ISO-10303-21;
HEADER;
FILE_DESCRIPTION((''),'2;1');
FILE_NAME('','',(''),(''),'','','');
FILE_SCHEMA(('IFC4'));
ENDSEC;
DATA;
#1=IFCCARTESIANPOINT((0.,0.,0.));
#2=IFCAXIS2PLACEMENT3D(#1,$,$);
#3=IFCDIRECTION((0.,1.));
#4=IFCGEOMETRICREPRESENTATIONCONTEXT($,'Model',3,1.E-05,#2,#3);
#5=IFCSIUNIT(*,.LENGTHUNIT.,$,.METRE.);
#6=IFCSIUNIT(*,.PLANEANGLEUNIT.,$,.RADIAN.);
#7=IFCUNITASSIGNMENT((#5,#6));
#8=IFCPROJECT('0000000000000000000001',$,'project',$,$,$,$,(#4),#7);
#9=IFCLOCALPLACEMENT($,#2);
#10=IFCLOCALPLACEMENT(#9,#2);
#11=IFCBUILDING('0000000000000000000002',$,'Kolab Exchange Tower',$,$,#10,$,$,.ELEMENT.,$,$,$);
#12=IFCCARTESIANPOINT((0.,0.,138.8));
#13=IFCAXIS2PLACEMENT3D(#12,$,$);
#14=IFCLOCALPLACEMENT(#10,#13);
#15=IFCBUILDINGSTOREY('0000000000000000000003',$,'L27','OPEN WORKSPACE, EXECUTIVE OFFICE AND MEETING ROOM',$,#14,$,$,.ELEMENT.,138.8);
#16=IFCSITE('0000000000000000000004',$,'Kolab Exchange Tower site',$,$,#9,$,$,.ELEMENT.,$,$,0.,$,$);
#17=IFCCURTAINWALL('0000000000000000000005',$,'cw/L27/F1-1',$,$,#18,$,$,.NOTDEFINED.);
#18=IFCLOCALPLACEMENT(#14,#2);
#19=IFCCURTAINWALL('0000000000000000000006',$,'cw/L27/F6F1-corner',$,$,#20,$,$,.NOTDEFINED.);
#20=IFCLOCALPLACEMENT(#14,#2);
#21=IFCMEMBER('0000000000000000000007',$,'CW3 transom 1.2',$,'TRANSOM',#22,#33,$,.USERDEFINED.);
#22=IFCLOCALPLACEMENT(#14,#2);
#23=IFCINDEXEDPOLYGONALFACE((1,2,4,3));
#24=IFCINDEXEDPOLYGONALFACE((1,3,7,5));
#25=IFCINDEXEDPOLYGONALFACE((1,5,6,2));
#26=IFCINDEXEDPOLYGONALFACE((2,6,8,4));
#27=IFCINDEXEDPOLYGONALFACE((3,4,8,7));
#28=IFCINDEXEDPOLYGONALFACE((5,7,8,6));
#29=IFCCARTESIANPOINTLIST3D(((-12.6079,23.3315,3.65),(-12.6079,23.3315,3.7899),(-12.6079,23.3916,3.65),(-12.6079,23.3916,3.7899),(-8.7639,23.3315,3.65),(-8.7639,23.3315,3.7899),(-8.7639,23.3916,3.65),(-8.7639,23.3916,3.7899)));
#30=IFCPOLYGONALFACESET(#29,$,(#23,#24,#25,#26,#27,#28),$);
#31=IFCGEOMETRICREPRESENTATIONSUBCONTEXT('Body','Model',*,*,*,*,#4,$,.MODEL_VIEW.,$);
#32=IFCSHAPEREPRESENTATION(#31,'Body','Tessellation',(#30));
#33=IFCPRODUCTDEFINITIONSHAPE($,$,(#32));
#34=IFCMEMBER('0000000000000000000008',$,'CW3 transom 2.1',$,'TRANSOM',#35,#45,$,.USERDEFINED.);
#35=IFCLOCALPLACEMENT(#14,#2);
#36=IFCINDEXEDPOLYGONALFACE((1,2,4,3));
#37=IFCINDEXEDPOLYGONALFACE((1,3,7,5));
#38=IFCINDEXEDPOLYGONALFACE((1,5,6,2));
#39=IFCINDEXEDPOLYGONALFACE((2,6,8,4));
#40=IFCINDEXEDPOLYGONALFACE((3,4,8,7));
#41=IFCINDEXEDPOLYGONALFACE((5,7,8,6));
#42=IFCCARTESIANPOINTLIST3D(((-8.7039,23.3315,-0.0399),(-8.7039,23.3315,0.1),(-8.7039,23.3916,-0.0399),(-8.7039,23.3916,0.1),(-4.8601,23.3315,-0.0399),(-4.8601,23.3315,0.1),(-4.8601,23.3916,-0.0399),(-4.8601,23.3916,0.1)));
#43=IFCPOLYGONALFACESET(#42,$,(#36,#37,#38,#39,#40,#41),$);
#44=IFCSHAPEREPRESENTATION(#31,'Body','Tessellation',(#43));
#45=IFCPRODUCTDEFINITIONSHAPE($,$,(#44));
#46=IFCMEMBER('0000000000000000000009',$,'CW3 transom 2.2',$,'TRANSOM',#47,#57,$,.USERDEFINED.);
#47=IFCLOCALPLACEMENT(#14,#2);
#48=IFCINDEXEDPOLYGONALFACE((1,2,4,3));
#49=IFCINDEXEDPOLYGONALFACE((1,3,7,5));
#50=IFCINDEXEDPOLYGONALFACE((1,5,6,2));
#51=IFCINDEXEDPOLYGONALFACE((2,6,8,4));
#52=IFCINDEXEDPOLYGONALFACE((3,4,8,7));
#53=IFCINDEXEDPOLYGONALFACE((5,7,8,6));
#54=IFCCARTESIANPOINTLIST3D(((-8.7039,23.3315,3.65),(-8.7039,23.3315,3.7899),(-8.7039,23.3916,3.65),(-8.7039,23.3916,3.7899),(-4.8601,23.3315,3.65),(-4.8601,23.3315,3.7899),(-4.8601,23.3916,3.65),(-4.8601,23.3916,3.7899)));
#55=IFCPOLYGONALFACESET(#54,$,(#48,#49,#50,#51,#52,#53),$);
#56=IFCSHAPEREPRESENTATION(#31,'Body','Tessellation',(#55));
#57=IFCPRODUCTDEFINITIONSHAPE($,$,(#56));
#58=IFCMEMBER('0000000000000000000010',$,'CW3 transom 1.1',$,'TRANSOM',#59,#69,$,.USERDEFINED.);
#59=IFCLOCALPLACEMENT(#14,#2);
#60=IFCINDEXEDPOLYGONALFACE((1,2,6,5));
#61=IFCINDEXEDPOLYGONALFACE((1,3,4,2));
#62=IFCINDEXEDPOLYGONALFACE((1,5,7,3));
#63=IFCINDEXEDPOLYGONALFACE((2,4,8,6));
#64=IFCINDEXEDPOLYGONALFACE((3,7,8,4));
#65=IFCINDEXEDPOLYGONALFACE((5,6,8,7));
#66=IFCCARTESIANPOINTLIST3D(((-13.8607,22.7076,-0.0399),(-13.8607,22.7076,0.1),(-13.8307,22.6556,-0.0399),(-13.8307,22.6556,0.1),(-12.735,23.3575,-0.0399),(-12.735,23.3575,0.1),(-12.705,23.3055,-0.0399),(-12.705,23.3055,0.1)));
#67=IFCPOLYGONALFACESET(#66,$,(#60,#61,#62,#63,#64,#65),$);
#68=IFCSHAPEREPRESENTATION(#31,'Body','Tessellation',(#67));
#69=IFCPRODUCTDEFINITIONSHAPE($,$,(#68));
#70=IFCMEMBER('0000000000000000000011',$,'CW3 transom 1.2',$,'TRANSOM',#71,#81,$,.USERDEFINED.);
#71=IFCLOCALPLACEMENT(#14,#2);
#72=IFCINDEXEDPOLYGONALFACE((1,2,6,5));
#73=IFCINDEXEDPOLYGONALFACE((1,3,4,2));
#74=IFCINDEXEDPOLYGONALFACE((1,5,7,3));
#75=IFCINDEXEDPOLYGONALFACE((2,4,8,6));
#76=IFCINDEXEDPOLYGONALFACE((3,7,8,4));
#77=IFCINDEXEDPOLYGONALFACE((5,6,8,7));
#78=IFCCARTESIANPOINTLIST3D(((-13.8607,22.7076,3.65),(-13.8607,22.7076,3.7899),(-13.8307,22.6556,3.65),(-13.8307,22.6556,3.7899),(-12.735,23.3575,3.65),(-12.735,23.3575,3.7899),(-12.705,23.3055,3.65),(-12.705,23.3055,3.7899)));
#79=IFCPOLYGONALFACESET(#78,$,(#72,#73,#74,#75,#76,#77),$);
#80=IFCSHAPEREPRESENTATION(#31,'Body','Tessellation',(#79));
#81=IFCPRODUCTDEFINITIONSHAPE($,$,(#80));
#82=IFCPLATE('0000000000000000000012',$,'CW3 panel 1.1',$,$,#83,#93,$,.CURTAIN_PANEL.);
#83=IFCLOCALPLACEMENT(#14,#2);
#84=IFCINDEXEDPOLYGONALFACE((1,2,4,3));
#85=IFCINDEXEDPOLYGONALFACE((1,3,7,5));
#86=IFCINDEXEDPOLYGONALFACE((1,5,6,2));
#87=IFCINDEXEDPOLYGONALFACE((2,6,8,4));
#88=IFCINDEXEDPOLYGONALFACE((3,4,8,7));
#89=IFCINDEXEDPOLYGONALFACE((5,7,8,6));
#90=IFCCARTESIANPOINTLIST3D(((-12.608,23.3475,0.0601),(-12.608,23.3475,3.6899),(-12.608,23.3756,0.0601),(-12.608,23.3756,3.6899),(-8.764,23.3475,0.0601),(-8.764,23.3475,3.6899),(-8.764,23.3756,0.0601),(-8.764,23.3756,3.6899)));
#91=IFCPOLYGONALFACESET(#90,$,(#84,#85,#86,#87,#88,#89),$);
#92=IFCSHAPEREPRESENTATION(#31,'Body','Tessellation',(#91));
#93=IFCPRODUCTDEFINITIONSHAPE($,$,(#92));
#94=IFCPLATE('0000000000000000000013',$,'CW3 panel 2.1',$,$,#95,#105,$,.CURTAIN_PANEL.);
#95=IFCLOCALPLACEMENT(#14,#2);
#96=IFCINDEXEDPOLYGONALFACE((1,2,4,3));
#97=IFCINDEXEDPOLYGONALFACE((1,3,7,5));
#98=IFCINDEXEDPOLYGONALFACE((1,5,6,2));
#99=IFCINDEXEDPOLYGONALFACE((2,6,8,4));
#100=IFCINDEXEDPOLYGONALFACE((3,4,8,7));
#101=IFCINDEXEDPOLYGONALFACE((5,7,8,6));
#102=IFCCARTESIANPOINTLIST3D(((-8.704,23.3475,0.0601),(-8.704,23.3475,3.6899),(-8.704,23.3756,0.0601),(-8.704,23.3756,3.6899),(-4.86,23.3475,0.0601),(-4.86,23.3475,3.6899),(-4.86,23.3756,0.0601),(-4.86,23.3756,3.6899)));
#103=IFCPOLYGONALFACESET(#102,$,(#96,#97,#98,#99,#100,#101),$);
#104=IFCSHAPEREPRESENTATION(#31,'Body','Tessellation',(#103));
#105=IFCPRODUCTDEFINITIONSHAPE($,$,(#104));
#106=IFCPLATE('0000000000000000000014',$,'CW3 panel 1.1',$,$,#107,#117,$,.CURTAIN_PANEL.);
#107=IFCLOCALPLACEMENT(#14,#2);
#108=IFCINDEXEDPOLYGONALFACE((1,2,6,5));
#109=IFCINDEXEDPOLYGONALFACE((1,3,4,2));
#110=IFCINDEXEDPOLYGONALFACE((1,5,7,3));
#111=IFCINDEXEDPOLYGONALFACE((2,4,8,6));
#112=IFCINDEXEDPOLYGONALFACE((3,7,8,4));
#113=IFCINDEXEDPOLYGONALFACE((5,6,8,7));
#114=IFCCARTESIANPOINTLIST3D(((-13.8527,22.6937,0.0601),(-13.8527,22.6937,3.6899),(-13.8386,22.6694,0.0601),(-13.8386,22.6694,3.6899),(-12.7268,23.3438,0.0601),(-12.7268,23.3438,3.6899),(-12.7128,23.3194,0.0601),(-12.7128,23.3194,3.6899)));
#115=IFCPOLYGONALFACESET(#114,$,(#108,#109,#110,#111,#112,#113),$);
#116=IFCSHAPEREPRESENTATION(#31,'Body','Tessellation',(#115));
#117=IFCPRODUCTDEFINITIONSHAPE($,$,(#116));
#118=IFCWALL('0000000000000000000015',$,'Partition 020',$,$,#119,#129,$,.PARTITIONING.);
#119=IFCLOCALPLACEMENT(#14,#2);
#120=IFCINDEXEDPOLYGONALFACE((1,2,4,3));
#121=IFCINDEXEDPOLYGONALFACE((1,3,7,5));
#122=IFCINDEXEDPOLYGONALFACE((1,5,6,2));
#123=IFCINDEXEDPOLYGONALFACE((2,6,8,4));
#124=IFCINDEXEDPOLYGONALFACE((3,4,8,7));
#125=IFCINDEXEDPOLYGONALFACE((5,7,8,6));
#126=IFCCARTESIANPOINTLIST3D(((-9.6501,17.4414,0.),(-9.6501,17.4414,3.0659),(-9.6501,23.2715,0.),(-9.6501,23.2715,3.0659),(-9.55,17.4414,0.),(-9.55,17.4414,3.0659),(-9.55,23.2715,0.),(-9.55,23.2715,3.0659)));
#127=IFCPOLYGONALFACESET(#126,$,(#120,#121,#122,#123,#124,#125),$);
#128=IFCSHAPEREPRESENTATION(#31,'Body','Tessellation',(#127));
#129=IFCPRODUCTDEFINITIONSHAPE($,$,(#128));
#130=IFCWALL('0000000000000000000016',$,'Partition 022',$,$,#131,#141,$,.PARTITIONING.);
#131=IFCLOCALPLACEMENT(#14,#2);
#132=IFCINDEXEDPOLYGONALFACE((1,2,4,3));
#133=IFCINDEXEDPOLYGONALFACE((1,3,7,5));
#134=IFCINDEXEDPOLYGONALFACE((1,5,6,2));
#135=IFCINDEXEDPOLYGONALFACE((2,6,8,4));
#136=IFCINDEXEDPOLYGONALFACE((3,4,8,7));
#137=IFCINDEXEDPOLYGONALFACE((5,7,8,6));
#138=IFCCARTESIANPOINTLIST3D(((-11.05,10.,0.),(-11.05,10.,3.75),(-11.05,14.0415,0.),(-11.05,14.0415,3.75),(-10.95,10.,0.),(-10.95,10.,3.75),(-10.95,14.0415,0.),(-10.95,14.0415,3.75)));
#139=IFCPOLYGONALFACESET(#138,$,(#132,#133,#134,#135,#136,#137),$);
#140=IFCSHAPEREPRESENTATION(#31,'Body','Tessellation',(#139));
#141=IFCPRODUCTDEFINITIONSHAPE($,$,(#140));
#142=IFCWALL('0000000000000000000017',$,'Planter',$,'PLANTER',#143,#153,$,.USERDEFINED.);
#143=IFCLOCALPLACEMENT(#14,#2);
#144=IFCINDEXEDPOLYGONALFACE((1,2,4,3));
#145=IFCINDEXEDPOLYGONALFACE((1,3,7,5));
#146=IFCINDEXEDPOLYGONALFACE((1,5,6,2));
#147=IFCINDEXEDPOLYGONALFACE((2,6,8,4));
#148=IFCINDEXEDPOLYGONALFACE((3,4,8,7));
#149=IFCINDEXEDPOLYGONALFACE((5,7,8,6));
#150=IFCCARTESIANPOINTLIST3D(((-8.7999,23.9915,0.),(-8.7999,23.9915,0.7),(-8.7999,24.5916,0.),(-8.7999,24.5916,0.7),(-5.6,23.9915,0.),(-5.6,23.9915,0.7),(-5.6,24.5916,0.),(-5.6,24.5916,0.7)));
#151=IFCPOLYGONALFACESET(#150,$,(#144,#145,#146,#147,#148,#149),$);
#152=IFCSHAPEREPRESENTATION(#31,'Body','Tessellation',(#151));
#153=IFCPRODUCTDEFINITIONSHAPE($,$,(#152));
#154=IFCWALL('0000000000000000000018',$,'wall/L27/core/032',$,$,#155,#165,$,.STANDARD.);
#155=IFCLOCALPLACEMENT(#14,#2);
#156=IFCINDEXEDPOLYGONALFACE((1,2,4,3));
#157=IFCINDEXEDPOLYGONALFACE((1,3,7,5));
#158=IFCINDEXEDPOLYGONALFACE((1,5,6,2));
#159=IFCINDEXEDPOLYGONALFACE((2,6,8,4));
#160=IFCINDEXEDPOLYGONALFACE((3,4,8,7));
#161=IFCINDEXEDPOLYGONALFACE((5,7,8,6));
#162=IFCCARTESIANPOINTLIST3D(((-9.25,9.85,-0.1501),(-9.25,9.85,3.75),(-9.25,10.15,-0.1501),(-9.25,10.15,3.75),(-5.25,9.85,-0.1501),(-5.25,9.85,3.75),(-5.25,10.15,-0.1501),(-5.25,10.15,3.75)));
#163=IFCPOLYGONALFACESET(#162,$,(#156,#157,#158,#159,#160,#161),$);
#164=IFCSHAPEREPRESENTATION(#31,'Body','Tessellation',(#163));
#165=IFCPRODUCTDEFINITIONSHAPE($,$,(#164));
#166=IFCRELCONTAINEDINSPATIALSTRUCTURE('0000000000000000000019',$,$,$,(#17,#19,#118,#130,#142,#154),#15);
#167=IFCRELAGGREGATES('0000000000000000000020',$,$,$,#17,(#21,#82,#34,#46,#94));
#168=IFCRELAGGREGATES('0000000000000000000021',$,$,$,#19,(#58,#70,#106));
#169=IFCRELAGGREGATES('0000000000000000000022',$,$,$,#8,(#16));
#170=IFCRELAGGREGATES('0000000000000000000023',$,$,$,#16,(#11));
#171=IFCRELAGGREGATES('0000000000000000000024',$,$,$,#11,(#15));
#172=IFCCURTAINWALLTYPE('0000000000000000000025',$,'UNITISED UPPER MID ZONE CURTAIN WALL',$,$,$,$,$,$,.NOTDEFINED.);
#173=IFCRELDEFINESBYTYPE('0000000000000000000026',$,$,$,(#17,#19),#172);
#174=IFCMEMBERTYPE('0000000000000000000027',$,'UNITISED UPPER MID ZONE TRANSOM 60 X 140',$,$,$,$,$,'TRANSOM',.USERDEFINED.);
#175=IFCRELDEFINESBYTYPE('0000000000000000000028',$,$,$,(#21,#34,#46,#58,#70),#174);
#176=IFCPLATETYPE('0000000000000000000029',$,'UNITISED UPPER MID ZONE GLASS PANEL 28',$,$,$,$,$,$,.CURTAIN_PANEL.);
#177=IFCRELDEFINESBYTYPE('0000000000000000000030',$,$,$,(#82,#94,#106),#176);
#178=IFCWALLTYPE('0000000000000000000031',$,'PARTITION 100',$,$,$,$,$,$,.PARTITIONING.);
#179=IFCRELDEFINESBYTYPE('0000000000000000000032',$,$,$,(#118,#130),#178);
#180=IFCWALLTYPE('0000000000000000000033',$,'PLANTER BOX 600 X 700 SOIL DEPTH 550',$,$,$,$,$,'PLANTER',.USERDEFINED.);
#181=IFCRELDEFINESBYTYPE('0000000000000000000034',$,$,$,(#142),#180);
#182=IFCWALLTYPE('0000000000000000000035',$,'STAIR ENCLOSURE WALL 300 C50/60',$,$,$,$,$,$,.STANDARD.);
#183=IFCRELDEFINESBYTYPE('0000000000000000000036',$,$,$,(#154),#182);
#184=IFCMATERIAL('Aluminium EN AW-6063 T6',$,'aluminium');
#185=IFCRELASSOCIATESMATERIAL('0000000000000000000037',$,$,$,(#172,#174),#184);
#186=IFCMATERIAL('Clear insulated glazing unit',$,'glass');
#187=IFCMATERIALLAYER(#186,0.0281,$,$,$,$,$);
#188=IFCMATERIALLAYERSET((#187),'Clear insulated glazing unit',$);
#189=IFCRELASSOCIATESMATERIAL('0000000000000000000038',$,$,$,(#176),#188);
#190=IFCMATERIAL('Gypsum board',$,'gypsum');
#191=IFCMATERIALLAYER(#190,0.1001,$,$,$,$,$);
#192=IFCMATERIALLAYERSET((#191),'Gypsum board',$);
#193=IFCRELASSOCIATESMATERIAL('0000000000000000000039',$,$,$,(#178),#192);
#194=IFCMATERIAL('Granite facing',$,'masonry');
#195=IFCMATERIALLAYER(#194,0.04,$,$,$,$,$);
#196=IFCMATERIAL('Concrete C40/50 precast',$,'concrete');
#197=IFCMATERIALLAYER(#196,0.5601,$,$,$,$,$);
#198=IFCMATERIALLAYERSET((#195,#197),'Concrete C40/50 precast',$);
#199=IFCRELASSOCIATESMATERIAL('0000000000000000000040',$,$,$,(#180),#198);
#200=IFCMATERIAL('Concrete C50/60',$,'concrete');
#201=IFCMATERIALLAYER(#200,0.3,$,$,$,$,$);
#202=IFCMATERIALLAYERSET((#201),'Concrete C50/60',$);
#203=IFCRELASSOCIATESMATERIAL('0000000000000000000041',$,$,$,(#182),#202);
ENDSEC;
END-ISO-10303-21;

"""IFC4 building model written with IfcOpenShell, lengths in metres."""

from ifc_helpers import new_model, si_unit, direction, frame, frame_2d, origin, origin_2d, place, context, subcontext, project, spatial, rectangle, extrude, material, layer, layer_set, material_profile, profile_set, type_object, element, aggregate, save


model = new_model("IFC4")

# Units and contexts
model_context = context("Model", 3, precision=1e-05, world=origin(), true_north=direction((0.0, 1.0)))
body_context = subcontext(model_context, "Body", "Model", "MODEL_VIEW")
ifc_project = project(units=[si_unit("LENGTHUNIT", "METRE"), si_unit("PLANEANGLEUNIT", "RADIAN")], contexts=[model_context])

# Site, building, storey
site_placement = place(None, origin())
site = spatial("IfcSite", under=ifc_project, at=site_placement, Name="Kolab Exchange Tower site", CompositionType="ELEMENT", RefElevation=0.0)
building_placement = place(site_placement, origin())
building = spatial("IfcBuilding", under=site, at=building_placement, Name="Kolab Exchange Tower", CompositionType="ELEMENT")
storey_placement = place(building_placement, frame((0.0, 0.0, 138.8)))
storey = spatial("IfcBuildingStorey", under=building, at=storey_placement, Name="L27", Description="OPEN WORKSPACE, EXECUTIVE OFFICE AND MEETING ROOM", CompositionType="ELEMENT", Elevation=138.8)

# Curtain wall
ifc_material_1 = material(Name="Aluminium EN AW-6063 T6", Category="aluminium")
curtain_wall_type = type_object("IfcCurtainWallType", Name="UNITISED UPPER MID ZONE CURTAIN WALL", PredefinedType="NOTDEFINED", material=ifc_material_1)
curtain_wall_1_placement = place(storey_placement, origin())
curtain_wall_1 = element("IfcCurtainWall", 1, at=curtain_wall_1_placement, inside=storey, type_object=curtain_wall_type, Name="cw/L27/F1-1", PredefinedType="NOTDEFINED")

# Curtain wall
curtain_wall_2_placement = place(storey_placement, origin())
curtain_wall_2 = element("IfcCurtainWall", 2, at=curtain_wall_2_placement, inside=storey, type_object=curtain_wall_type, Name="cw/L27/F6F1-corner", PredefinedType="NOTDEFINED")

# Members
ifc_material_profile_1 = material_profile(ifc_material_1, rectangle(XDim=0.0601, YDim=0.1399, at=origin_2d()), Name="RECT 60X140")
ifc_profile_set_1 = profile_set([ifc_material_profile_1], Name="Aluminium EN AW-6063 T6")
member_type_1 = type_object("IfcMemberType", Name="UNITISED UPPER MID ZONE TRANSOM 60 X 140", ElementType="TRANSOM", PredefinedType="USERDEFINED", material=ifc_profile_set_1)
member_1_placement = place(storey_placement, frame((-12.6079, 23.3616, 3.72), z_axis=(1.0, 0.0, 0.0), x_axis=(0.0, 1.0, 0.0)))
member_1 = element("IfcMember", 3, at=member_1_placement, type_object=member_type_1, Name="CW3 transom 1.2", ObjectType="TRANSOM", PredefinedType="USERDEFINED", context=body_context, shape_type="SweptSolid", body=[
    extrude(rectangle(XDim=0.0601, YDim=0.1399, at=origin_2d()), origin(), (0.0, 0.0, 1.0), 3.844),
])
member_2_placement = place(storey_placement, frame((-8.7039, 23.3616, 0.03), z_axis=(1.0, 0.0, 0.0), x_axis=(0.0, 1.0, 0.0)))
member_2 = element("IfcMember", 4, at=member_2_placement, type_object=member_type_1, Name="CW3 transom 2.1", ObjectType="TRANSOM", PredefinedType="USERDEFINED", context=body_context, shape_type="SweptSolid", body=[
    extrude(rectangle(XDim=0.0601, YDim=0.1399, at=origin_2d()), origin(), (0.0, 0.0, 1.0), 3.8438),
])
member_3_placement = place(storey_placement, frame((-8.7039, 23.3616, 3.72), z_axis=(1.0, 0.0, 0.0), x_axis=(0.0, 1.0, 0.0)))
member_3 = element("IfcMember", 5, at=member_3_placement, type_object=member_type_1, Name="CW3 transom 2.2", ObjectType="TRANSOM", PredefinedType="USERDEFINED", context=body_context, shape_type="SweptSolid", body=[
    extrude(rectangle(XDim=0.0601, YDim=0.1399, at=origin_2d()), origin(), (0.0, 0.0, 1.0), 3.8438),
])
member_4_placement = place(storey_placement, frame((-13.8457, 22.6816, 0.03), z_axis=(0.866039, 0.499977, 0.0), x_axis=(-0.499977, 0.866039, 0.0)))
member_4 = element("IfcMember", 6, at=member_4_placement, type_object=member_type_1, Name="CW3 transom 1.1", ObjectType="TRANSOM", PredefinedType="USERDEFINED", context=body_context, shape_type="SweptSolid", body=[
    extrude(rectangle(XDim=0.0601, YDim=0.1399, at=origin_2d()), origin(), (0.0, 0.0, 1.0), 1.2998),
])
member_5_placement = place(storey_placement, frame((-13.8457, 22.6816, 3.72), z_axis=(0.866039, 0.499977, 0.0), x_axis=(-0.499977, 0.866039, 0.0)))
member_5 = element("IfcMember", 7, at=member_5_placement, type_object=member_type_1, Name="CW3 transom 1.2", ObjectType="TRANSOM", PredefinedType="USERDEFINED", context=body_context, shape_type="SweptSolid", body=[
    extrude(rectangle(XDim=0.0601, YDim=0.1399, at=origin_2d()), origin(), (0.0, 0.0, 1.0), 1.2998),
])

# Plates
ifc_material_2 = material(Name="Clear insulated glazing unit", Category="glass")
ifc_layer_1 = layer(ifc_material_2, 0.0281)
ifc_layer_set_1 = layer_set([ifc_layer_1], Name="Clear insulated glazing unit")
plate_type = type_object("IfcPlateType", Name="UNITISED UPPER MID ZONE GLASS PANEL 28", PredefinedType="CURTAIN_PANEL", material=ifc_layer_set_1)
plate_1_placement = place(storey_placement, frame((-10.686, 23.3616, 0.0601), z_axis=(0.0, 0.0, 1.0), x_axis=(1.0, 0.0, 0.0)))
plate_1 = element("IfcPlate", 8, at=plate_1_placement, type_object=plate_type, Name="CW3 panel 1.1", PredefinedType="CURTAIN_PANEL", context=body_context, shape_type="SweptSolid", body=[
    extrude(rectangle(XDim=3.844, YDim=0.0281, at=origin_2d()), origin(), (0.0, 0.0, 1.0), 3.6299),
])
plate_2_placement = place(storey_placement, frame((-6.782, 23.3616, 0.0601), z_axis=(0.0, 0.0, 1.0), x_axis=(1.0, 0.0, 0.0)))
plate_2 = element("IfcPlate", 9, at=plate_2_placement, type_object=plate_type, Name="CW3 panel 2.1", PredefinedType="CURTAIN_PANEL", context=body_context, shape_type="SweptSolid", body=[
    extrude(rectangle(XDim=3.844, YDim=0.0281, at=origin_2d()), origin(), (0.0, 0.0, 1.0), 3.6299),
])
aggregate(curtain_wall_1, [member_1, plate_1, member_2, member_3, plate_2])
plate_3_placement = place(storey_placement, frame((-13.2827, 23.0066, 0.0601), z_axis=(0.0, 0.0, 1.0), x_axis=(0.866025, 0.5, 0.0)))
plate_3 = element("IfcPlate", 10, at=plate_3_placement, type_object=plate_type, Name="CW3 panel 1.1", PredefinedType="CURTAIN_PANEL", context=body_context, shape_type="SweptSolid", body=[
    extrude(rectangle(XDim=1.3, YDim=0.0281, at=origin_2d()), origin(), (0.0, 0.0, 1.0), 3.6299),
])
aggregate(curtain_wall_2, [member_4, member_5, plate_3])

# Walls
ifc_material_3 = material(Name="Gypsum board", Category="gypsum")
ifc_layer_2 = layer(ifc_material_3, 0.1001)
ifc_layer_set_2 = layer_set([ifc_layer_2], Name="Gypsum board")
wall_type_1 = type_object("IfcWallType", Name="PARTITION 100", PredefinedType="PARTITIONING", material=ifc_layer_set_2)
wall_1_placement = place(storey_placement, frame((-9.6001, 17.4414, 0.0), z_axis=(0.0, 0.0, 1.0), x_axis=(0.0, 1.0, 0.0)))
element("IfcWall", 11, at=wall_1_placement, inside=storey, type_object=wall_type_1, Name="Partition 020", PredefinedType="PARTITIONING", context=body_context, shape_type="SweptSolid", body=[
    extrude(rectangle(XDim=5.8301, YDim=0.1001, at=frame_2d((2.915, 0.0))), origin(), (0.0, 0.0, 1.0), 3.0659),
])
wall_2_placement = place(storey_placement, frame((-11.0, 10.0, 0.0), z_axis=(0.0, 0.0, 1.0), x_axis=(0.0, 1.0, 0.0)))
element("IfcWall", 12, at=wall_2_placement, inside=storey, type_object=wall_type_1, Name="Partition 022", PredefinedType="PARTITIONING", context=body_context, shape_type="SweptSolid", body=[
    extrude(rectangle(XDim=4.0415, YDim=0.1001, at=frame_2d((2.0208, 0.0))), origin(), (0.0, 0.0, 1.0), 3.75),
])
ifc_material_4 = material(Name="Granite facing", Category="masonry")
ifc_layer_3 = layer(ifc_material_4, 0.04)
ifc_material_5 = material(Name="Concrete C40/50 precast", Category="concrete")
ifc_layer_4 = layer(ifc_material_5, 0.5601)
ifc_layer_set_3 = layer_set([ifc_layer_3, ifc_layer_4], Name="Concrete C40/50 precast")
wall_type_2 = type_object("IfcWallType", Name="PLANTER BOX 600 X 700 SOIL DEPTH 550", ElementType="PLANTER", PredefinedType="USERDEFINED", material=ifc_layer_set_3)
wall_3_placement = place(storey_placement, frame((-8.8, 24.2915, 0.0), z_axis=(0.0, 0.0, 1.0), x_axis=(1.0, 0.0, 0.0)))
element("IfcWall", 13, at=wall_3_placement, inside=storey, type_object=wall_type_2, Name="Planter", ObjectType="PLANTER", PredefinedType="USERDEFINED", context=body_context, shape_type="SweptSolid", body=[
    extrude(rectangle(XDim=3.2, YDim=0.6001, at=frame_2d((1.6001, 0.0))), origin(), (0.0, 0.0, 1.0), 0.7),
])
ifc_material_6 = material(Name="Concrete C50/60", Category="concrete")
ifc_layer_5 = layer(ifc_material_6, 0.3)
ifc_layer_set_4 = layer_set([ifc_layer_5], Name="Concrete C50/60")
wall_type_3 = type_object("IfcWallType", Name="STAIR ENCLOSURE WALL 300 C50/60", PredefinedType="STANDARD", material=ifc_layer_set_4)
wall_4_placement = place(storey_placement, frame((-9.25, 10.0, -0.1501), z_axis=(0.0, 0.0, 1.0), x_axis=(1.0, 0.0, 0.0)))
element("IfcWall", 14, at=wall_4_placement, inside=storey, type_object=wall_type_3, Name="wall/L27/core/032", PredefinedType="STANDARD", context=body_context, shape_type="SweptSolid", body=[
    extrude(rectangle(XDim=4.0, YDim=0.3, at=frame_2d((2.0, 0.0))), origin(), (0.0, 0.0, 1.0), 3.9001),
])

save(model, "model.ifc")
